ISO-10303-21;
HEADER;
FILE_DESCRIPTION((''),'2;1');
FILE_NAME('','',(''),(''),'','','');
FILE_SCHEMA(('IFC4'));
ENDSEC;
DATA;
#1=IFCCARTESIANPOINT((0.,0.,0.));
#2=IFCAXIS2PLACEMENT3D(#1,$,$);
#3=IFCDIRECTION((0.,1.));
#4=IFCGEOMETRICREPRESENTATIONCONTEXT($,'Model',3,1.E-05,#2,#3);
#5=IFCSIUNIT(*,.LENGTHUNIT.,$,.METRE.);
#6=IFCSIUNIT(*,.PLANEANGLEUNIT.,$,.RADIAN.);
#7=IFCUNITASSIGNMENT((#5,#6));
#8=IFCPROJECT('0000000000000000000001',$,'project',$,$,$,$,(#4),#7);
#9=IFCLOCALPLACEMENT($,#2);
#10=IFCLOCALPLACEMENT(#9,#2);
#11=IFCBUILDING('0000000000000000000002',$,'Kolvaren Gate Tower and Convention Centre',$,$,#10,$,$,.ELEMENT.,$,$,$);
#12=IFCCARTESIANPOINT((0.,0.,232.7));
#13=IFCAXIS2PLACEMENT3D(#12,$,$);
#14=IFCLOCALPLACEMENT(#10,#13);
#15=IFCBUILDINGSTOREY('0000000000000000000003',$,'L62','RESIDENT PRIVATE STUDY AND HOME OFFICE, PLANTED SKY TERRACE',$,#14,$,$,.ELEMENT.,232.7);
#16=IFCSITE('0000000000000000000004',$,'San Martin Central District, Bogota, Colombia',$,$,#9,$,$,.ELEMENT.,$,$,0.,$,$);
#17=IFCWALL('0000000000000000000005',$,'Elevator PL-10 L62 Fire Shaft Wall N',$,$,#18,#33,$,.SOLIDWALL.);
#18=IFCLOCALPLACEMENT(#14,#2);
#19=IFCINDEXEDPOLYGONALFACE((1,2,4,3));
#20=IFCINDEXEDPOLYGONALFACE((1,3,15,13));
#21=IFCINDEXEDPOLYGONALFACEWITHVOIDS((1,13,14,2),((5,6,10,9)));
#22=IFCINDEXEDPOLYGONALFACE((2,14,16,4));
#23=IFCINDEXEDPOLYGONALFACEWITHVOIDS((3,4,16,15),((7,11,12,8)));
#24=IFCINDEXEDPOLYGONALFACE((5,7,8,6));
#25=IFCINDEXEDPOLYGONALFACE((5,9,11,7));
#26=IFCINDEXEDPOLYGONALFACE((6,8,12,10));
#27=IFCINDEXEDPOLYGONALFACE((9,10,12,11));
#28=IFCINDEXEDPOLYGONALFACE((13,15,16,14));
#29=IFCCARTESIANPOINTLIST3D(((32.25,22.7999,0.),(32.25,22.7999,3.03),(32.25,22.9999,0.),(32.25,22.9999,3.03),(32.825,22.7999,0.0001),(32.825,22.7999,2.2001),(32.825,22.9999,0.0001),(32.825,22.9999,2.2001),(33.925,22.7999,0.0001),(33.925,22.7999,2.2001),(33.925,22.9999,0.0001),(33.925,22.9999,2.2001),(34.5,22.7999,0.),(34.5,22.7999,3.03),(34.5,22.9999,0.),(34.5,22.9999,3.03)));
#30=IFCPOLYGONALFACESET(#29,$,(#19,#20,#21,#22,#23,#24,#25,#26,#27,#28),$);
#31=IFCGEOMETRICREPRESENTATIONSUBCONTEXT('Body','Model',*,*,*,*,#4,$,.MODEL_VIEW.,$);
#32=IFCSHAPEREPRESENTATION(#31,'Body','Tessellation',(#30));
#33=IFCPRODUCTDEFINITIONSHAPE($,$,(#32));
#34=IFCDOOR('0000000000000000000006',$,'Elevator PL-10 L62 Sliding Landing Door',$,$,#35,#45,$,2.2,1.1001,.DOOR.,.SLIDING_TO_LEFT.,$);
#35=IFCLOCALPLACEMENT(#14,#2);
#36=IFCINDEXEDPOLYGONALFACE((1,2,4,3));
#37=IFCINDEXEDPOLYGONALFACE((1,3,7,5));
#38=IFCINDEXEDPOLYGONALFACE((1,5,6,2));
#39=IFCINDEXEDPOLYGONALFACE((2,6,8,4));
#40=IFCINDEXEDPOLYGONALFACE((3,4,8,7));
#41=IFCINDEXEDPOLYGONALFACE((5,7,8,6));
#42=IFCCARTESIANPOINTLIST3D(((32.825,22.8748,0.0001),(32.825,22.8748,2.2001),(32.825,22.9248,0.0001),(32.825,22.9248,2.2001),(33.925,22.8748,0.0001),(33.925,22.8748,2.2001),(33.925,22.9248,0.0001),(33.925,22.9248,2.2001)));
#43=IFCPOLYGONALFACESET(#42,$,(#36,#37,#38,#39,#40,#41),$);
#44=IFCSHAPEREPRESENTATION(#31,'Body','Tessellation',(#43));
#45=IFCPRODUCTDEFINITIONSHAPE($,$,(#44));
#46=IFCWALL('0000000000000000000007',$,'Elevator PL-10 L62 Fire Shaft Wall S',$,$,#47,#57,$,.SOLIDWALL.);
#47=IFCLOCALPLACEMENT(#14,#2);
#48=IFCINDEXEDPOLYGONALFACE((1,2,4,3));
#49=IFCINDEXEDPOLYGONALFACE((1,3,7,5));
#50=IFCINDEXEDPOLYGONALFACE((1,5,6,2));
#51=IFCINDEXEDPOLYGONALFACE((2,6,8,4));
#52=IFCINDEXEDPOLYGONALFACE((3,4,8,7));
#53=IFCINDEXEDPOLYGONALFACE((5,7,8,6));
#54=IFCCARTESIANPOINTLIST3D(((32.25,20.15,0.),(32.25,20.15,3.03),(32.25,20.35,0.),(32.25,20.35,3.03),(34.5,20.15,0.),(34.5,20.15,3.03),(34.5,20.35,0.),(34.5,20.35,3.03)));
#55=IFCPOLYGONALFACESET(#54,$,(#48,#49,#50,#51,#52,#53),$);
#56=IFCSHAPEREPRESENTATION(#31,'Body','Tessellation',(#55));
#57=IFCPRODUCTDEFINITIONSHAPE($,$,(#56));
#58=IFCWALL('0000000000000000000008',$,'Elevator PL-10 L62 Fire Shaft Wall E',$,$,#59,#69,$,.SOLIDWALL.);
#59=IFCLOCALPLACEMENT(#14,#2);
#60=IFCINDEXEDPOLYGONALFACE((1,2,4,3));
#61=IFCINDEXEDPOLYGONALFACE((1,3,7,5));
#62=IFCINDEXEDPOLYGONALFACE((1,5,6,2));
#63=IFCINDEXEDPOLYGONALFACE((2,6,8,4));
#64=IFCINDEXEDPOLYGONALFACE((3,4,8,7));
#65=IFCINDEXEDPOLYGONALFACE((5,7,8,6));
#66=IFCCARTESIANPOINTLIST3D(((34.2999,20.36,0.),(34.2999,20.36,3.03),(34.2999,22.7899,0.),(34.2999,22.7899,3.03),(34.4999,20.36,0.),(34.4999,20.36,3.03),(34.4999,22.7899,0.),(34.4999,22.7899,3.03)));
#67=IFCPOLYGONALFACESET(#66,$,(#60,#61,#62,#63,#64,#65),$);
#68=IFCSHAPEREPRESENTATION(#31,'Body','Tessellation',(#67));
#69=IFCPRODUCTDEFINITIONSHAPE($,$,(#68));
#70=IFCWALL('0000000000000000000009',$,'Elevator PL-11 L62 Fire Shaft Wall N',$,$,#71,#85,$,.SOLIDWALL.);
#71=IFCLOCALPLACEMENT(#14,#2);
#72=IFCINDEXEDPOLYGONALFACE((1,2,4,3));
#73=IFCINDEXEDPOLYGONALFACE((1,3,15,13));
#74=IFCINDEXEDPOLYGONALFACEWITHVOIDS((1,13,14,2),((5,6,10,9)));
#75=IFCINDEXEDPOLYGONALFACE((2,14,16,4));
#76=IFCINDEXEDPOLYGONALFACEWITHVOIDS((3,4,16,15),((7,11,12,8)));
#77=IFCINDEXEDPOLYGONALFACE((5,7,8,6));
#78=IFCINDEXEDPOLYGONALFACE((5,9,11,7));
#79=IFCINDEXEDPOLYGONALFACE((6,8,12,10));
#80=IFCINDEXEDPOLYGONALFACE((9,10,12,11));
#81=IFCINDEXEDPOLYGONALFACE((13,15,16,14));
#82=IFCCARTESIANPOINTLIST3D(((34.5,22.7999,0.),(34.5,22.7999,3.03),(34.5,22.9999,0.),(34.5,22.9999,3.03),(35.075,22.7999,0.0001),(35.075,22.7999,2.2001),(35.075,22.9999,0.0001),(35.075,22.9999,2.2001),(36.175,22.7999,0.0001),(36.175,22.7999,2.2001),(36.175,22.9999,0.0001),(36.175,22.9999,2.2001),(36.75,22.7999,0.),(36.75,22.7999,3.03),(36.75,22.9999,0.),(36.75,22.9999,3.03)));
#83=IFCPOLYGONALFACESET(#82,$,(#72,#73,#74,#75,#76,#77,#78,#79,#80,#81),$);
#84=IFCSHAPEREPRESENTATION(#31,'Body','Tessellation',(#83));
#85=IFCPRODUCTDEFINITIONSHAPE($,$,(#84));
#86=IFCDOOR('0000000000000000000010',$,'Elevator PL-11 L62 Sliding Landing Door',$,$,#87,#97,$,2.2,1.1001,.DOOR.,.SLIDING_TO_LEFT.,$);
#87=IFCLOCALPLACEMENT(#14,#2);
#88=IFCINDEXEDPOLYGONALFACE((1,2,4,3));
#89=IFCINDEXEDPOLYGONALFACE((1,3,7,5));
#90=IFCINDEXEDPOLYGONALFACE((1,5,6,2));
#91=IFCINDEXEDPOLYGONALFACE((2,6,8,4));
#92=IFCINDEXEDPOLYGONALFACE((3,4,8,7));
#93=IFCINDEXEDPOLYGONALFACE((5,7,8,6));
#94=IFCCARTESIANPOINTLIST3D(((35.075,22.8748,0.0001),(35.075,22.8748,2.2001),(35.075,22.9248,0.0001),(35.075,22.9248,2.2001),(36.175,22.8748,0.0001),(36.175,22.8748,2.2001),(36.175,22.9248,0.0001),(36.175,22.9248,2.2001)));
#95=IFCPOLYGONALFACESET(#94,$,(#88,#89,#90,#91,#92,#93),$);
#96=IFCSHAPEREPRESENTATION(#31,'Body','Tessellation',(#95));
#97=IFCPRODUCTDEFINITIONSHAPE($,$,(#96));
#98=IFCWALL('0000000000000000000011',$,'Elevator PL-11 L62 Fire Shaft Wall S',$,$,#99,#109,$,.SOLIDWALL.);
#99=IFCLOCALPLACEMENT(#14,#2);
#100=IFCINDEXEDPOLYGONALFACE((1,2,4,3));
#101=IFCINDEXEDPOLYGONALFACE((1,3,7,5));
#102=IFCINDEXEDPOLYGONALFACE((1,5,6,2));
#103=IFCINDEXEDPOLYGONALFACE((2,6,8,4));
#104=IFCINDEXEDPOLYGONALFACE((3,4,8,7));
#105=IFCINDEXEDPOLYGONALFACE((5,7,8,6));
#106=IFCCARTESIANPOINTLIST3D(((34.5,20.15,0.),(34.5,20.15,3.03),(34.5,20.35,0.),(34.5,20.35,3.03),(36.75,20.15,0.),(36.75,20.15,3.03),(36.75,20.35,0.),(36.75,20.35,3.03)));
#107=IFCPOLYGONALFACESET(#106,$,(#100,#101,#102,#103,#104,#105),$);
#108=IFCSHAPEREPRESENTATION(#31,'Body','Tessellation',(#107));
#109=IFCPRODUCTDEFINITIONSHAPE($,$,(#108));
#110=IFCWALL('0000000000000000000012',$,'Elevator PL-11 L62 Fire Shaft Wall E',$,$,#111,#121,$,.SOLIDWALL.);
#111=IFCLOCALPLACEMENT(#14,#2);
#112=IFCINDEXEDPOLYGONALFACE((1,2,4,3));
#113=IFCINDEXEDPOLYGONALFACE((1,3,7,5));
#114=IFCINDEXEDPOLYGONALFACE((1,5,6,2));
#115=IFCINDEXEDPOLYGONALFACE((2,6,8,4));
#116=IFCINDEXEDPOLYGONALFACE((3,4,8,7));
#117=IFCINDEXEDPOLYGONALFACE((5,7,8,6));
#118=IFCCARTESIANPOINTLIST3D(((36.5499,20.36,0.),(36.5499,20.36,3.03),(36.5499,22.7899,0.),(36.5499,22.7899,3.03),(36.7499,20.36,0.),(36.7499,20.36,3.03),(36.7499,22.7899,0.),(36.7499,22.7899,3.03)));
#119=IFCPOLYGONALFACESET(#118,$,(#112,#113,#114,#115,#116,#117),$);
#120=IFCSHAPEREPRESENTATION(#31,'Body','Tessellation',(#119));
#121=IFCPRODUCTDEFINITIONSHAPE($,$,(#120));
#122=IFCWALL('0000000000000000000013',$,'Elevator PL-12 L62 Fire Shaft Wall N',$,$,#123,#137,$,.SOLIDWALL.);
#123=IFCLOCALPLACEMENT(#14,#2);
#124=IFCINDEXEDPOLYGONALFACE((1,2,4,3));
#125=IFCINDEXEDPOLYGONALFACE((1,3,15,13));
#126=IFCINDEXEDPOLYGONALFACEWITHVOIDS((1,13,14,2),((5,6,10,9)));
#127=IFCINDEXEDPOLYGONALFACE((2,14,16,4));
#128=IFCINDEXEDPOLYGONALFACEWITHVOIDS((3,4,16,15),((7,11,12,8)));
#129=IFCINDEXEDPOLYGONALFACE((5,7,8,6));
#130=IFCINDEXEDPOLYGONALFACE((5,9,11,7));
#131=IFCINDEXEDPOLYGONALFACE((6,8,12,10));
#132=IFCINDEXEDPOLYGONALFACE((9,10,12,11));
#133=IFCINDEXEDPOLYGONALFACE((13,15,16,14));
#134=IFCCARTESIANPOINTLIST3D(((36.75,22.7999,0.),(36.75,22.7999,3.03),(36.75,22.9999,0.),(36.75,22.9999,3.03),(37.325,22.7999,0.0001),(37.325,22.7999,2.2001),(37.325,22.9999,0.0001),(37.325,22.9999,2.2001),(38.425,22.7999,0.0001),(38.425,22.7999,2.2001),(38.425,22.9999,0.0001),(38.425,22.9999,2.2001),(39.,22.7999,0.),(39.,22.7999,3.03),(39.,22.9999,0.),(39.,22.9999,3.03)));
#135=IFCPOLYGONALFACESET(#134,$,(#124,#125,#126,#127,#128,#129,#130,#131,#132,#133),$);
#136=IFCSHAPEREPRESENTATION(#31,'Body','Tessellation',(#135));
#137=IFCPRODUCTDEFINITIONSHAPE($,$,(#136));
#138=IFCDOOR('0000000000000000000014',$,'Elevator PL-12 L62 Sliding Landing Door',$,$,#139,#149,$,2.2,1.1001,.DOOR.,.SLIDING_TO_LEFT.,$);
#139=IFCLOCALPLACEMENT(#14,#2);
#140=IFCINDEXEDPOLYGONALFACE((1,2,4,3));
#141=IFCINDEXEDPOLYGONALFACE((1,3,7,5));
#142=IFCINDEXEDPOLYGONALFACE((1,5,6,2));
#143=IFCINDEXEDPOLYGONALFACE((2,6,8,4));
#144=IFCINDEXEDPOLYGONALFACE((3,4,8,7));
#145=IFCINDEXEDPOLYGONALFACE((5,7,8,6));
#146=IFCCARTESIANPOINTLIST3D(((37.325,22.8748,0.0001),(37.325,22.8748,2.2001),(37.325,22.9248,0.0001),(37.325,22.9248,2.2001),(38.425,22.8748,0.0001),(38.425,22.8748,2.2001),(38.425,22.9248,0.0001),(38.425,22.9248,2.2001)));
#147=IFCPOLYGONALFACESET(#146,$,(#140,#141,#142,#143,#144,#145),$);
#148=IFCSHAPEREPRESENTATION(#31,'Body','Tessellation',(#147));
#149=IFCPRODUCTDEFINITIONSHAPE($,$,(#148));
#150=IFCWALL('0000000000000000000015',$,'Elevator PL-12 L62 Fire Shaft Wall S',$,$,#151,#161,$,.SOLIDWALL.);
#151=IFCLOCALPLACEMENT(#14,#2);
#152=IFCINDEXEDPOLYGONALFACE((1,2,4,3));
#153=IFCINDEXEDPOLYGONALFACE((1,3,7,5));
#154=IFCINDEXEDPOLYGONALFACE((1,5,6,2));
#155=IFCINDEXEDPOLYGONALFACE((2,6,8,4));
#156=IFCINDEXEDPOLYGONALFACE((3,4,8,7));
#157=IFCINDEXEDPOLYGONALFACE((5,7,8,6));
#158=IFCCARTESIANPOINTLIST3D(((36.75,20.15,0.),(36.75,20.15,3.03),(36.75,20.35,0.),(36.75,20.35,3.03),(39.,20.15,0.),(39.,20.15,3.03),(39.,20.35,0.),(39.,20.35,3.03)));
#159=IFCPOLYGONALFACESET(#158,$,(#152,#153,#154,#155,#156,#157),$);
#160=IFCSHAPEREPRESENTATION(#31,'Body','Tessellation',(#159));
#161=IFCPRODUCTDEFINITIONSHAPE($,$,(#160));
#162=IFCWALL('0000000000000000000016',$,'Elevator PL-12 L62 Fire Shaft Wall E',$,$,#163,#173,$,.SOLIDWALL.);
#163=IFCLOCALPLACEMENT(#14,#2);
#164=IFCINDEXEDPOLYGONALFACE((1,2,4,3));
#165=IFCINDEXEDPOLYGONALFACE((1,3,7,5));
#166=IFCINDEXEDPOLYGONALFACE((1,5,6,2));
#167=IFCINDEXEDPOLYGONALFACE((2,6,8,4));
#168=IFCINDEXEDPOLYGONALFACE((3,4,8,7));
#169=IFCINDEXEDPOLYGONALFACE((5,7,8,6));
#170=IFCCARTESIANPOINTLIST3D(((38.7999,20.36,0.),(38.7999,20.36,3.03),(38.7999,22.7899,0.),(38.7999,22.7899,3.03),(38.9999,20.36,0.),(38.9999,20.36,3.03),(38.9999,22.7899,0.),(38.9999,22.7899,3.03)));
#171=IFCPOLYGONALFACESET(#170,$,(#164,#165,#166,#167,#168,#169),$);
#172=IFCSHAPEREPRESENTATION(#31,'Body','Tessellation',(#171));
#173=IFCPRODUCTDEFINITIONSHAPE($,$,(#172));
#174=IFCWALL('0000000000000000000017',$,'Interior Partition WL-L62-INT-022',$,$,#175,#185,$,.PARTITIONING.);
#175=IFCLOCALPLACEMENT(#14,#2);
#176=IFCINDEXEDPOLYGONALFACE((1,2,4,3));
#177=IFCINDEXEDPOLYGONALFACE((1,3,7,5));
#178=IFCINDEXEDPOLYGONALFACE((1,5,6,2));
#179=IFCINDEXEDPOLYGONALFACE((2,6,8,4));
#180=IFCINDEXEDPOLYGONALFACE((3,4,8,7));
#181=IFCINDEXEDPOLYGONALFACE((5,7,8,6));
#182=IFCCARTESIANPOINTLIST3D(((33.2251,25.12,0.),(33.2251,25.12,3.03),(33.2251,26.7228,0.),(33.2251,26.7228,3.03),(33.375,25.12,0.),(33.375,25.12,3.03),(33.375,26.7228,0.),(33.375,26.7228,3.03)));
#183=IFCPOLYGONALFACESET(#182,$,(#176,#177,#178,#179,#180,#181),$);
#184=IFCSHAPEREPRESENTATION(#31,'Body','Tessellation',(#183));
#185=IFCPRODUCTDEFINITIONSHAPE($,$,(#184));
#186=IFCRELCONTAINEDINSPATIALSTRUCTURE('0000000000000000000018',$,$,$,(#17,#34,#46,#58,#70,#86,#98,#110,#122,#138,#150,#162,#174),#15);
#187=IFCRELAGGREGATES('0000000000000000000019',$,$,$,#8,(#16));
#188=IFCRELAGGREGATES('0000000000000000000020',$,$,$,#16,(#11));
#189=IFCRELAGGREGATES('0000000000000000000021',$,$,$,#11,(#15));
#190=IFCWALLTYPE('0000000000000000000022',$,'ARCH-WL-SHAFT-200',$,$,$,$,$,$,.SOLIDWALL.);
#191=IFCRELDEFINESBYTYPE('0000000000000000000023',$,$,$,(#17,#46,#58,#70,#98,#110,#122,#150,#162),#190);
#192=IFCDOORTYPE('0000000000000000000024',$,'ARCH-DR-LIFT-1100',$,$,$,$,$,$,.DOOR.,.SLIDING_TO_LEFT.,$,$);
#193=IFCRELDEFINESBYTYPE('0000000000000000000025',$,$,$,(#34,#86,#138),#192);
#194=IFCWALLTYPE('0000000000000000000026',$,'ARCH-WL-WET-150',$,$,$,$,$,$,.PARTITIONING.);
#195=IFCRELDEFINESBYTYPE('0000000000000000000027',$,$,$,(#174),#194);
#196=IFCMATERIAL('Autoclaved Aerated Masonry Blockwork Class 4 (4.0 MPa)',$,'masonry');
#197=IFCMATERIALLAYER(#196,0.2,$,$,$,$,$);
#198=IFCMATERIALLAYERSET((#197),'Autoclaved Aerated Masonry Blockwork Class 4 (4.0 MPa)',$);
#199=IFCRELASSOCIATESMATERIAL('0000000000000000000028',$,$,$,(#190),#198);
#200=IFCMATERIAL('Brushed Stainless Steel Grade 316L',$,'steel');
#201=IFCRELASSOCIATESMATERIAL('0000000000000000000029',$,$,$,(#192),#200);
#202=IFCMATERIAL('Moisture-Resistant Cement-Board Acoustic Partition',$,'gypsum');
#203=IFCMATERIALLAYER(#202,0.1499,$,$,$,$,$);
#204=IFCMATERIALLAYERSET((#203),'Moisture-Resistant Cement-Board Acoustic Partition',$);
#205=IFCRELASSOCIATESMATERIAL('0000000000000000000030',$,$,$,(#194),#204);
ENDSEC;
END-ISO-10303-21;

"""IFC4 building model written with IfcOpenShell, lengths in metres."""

from ifc_helpers import new_model, si_unit, direction, frame, frame_2d, origin, place, context, subcontext, project, spatial, rectangle, extrude, material, layer, layer_set, type_object, element, fill, save


model = new_model("IFC4")

# Units and contexts
model_context = context("Model", 3, precision=1e-05, world=origin(), true_north=direction((0.0, 1.0)))
body_context = subcontext(model_context, "Body", "Model", "MODEL_VIEW")
ifc_project = project(units=[si_unit("LENGTHUNIT", "METRE"), si_unit("PLANEANGLEUNIT", "RADIAN")], contexts=[model_context])

# Site, building, storey
site_placement = place(None, origin())
site = spatial("IfcSite", under=ifc_project, at=site_placement, Name="San Martin Central District, Bogota, Colombia", CompositionType="ELEMENT", RefElevation=0.0)
building_placement = place(site_placement, origin())
building = spatial("IfcBuilding", under=site, at=building_placement, Name="Kolvaren Gate Tower and Convention Centre", CompositionType="ELEMENT")
storey_placement = place(building_placement, frame((0.0, 0.0, 232.7)))
storey = spatial("IfcBuildingStorey", under=building, at=storey_placement, Name="L62", Description="RESIDENT PRIVATE STUDY AND HOME OFFICE, PLANTED SKY TERRACE", CompositionType="ELEMENT", Elevation=232.7)

# Shared definitions
ifc_material_1 = material(Name="Autoclaved Aerated Masonry Blockwork Class 4 (4.0 MPa)", Category="masonry")

# Shared definitions
ifc_layer_1 = layer(ifc_material_1, 0.2)
ifc_layer_set_1 = layer_set([ifc_layer_1], Name="Autoclaved Aerated Masonry Blockwork Class 4 (4.0 MPa)")
wall_type_1 = type_object("IfcWallType", Name="ARCH-WL-SHAFT-200", PredefinedType="SOLIDWALL", material=ifc_layer_set_1)

# Wall, opening, door
wall_1_placement = place(storey_placement, frame((32.25, 22.8999, 0.0), z_axis=(0.0, 0.0, 1.0), x_axis=(1.0, 0.0, 0.0)))
wall_1 = element("IfcWall", 1, at=wall_1_placement, inside=storey, type_object=wall_type_1, Name="Elevator PL-10 L62 Fire Shaft Wall N", PredefinedType="SOLIDWALL", context=body_context, shape_type="SweptSolid", body=[
    extrude(rectangle(XDim=2.25, YDim=0.2, at=frame_2d((1.125, 0.0))), origin(), (0.0, 0.0, 1.0), 3.03),
])
opening_1_placement = place(wall_1_placement, frame((0.575, 0.0, 0.0)))
opening_1 = element("IfcOpeningElement", 2, at=opening_1_placement, cuts=wall_1, PredefinedType="OPENING", context=body_context, shape_type="SweptSolid", body=[
    extrude(rectangle(XDim=1.1001, YDim=2.2, at=frame_2d((0.55, 1.1001))), frame((0.0, 0.1099, 0.0), z_axis=(0.0, -1.0, 0.0), x_axis=(1.0, 0.0, 0.0)), (0.0, 0.0, 1.0), 0.22),
])
ifc_material_2 = material(Name="Brushed Stainless Steel Grade 316L", Category="steel")
door_type_1 = type_object("IfcDoorType", Name="ARCH-DR-LIFT-1100", OperationType="SLIDING_TO_LEFT", PredefinedType="DOOR", material=ifc_material_2)
door_1_placement = place(opening_1_placement, origin())
door_1 = element("IfcDoor", 3, at=door_1_placement, inside=storey, type_object=door_type_1, Name="Elevator PL-10 L62 Sliding Landing Door", OperationType="SLIDING_TO_LEFT", OverallHeight=2.2, OverallWidth=1.1001, PredefinedType="DOOR", context=body_context, shape_type="SweptSolid", body=[
    extrude(rectangle(XDim=1.1001, YDim=2.2, at=frame_2d((0.55, 1.1001))), frame((0.0, 0.0249, 0.0), z_axis=(0.0, -1.0, 0.0), x_axis=(1.0, 0.0, 0.0)), (0.0, 0.0, 1.0), 0.05),
])
fill(opening_1, door_1)

# Walls
wall_2_placement = place(storey_placement, frame((32.25, 20.25, 0.0), z_axis=(0.0, 0.0, 1.0), x_axis=(1.0, 0.0, 0.0)))
element("IfcWall", 4, at=wall_2_placement, inside=storey, type_object=wall_type_1, Name="Elevator PL-10 L62 Fire Shaft Wall S", PredefinedType="SOLIDWALL", context=body_context, shape_type="SweptSolid", body=[
    extrude(rectangle(XDim=2.25, YDim=0.2, at=frame_2d((1.125, 0.0))), origin(), (0.0, 0.0, 1.0), 3.03),
])
wall_3_placement = place(storey_placement, frame((34.3999, 20.3601, 0.0), z_axis=(0.0, 0.0, 1.0), x_axis=(0.0, 1.0, 0.0)))
element("IfcWall", 5, at=wall_3_placement, inside=storey, type_object=wall_type_1, Name="Elevator PL-10 L62 Fire Shaft Wall E", PredefinedType="SOLIDWALL", context=body_context, shape_type="SweptSolid", body=[
    extrude(rectangle(XDim=2.4299, YDim=0.2, at=frame_2d((1.2148, 0.0))), origin(), (0.0, 0.0, 1.0), 3.03),
])

# Wall, opening, door
wall_4_placement = place(storey_placement, frame((34.5, 22.8999, 0.0), z_axis=(0.0, 0.0, 1.0), x_axis=(1.0, 0.0, 0.0)))
wall_4 = element("IfcWall", 6, at=wall_4_placement, inside=storey, type_object=wall_type_1, Name="Elevator PL-11 L62 Fire Shaft Wall N", PredefinedType="SOLIDWALL", context=body_context, shape_type="SweptSolid", body=[
    extrude(rectangle(XDim=2.25, YDim=0.2, at=frame_2d((1.125, 0.0))), origin(), (0.0, 0.0, 1.0), 3.03),
])
opening_2_placement = place(wall_4_placement, frame((0.575, 0.0, 0.0)))
opening_2 = element("IfcOpeningElement", 7, at=opening_2_placement, cuts=wall_4, PredefinedType="OPENING", context=body_context, shape_type="SweptSolid", body=[
    extrude(rectangle(XDim=1.1001, YDim=2.2, at=frame_2d((0.55, 1.1001))), frame((0.0, 0.1099, 0.0), z_axis=(0.0, -1.0, 0.0), x_axis=(1.0, 0.0, 0.0)), (0.0, 0.0, 1.0), 0.22),
])
door_2_placement = place(opening_2_placement, origin())
door_2 = element("IfcDoor", 8, at=door_2_placement, inside=storey, type_object=door_type_1, Name="Elevator PL-11 L62 Sliding Landing Door", OperationType="SLIDING_TO_LEFT", OverallHeight=2.2, OverallWidth=1.1001, PredefinedType="DOOR", context=body_context, shape_type="SweptSolid", body=[
    extrude(rectangle(XDim=1.1001, YDim=2.2, at=frame_2d((0.55, 1.1001))), frame((0.0, 0.0249, 0.0), z_axis=(0.0, -1.0, 0.0), x_axis=(1.0, 0.0, 0.0)), (0.0, 0.0, 1.0), 0.05),
])
fill(opening_2, door_2)

# Walls
wall_5_placement = place(storey_placement, frame((34.5, 20.25, 0.0), z_axis=(0.0, 0.0, 1.0), x_axis=(1.0, 0.0, 0.0)))
element("IfcWall", 9, at=wall_5_placement, inside=storey, type_object=wall_type_1, Name="Elevator PL-11 L62 Fire Shaft Wall S", PredefinedType="SOLIDWALL", context=body_context, shape_type="SweptSolid", body=[
    extrude(rectangle(XDim=2.25, YDim=0.2, at=frame_2d((1.125, 0.0))), origin(), (0.0, 0.0, 1.0), 3.03),
])
wall_6_placement = place(storey_placement, frame((36.6499, 20.3601, 0.0), z_axis=(0.0, 0.0, 1.0), x_axis=(0.0, 1.0, 0.0)))
element("IfcWall", 10, at=wall_6_placement, inside=storey, type_object=wall_type_1, Name="Elevator PL-11 L62 Fire Shaft Wall E", PredefinedType="SOLIDWALL", context=body_context, shape_type="SweptSolid", body=[
    extrude(rectangle(XDim=2.4299, YDim=0.2, at=frame_2d((1.2148, 0.0))), origin(), (0.0, 0.0, 1.0), 3.03),
])

# Wall, opening, door
wall_7_placement = place(storey_placement, frame((36.75, 22.8999, 0.0), z_axis=(0.0, 0.0, 1.0), x_axis=(1.0, 0.0, 0.0)))
wall_7 = element("IfcWall", 11, at=wall_7_placement, inside=storey, type_object=wall_type_1, Name="Elevator PL-12 L62 Fire Shaft Wall N", PredefinedType="SOLIDWALL", context=body_context, shape_type="SweptSolid", body=[
    extrude(rectangle(XDim=2.25, YDim=0.2, at=frame_2d((1.125, 0.0))), origin(), (0.0, 0.0, 1.0), 3.03),
])
opening_3_placement = place(wall_7_placement, frame((0.575, 0.0, 0.0)))
opening_3 = element("IfcOpeningElement", 12, at=opening_3_placement, cuts=wall_7, PredefinedType="OPENING", context=body_context, shape_type="SweptSolid", body=[
    extrude(rectangle(XDim=1.1001, YDim=2.2, at=frame_2d((0.55, 1.1001))), frame((0.0, 0.1099, 0.0), z_axis=(0.0, -1.0, 0.0), x_axis=(1.0, 0.0, 0.0)), (0.0, 0.0, 1.0), 0.22),
])
door_3_placement = place(opening_3_placement, origin())
door_3 = element("IfcDoor", 13, at=door_3_placement, inside=storey, type_object=door_type_1, Name="Elevator PL-12 L62 Sliding Landing Door", OperationType="SLIDING_TO_LEFT", OverallHeight=2.2, OverallWidth=1.1001, PredefinedType="DOOR", context=body_context, shape_type="SweptSolid", body=[
    extrude(rectangle(XDim=1.1001, YDim=2.2, at=frame_2d((0.55, 1.1001))), frame((0.0, 0.0249, 0.0), z_axis=(0.0, -1.0, 0.0), x_axis=(1.0, 0.0, 0.0)), (0.0, 0.0, 1.0), 0.05),
])
fill(opening_3, door_3)

# Walls
wall_8_placement = place(storey_placement, frame((36.75, 20.25, 0.0), z_axis=(0.0, 0.0, 1.0), x_axis=(1.0, 0.0, 0.0)))
element("IfcWall", 14, at=wall_8_placement, inside=storey, type_object=wall_type_1, Name="Elevator PL-12 L62 Fire Shaft Wall S", PredefinedType="SOLIDWALL", context=body_context, shape_type="SweptSolid", body=[
    extrude(rectangle(XDim=2.25, YDim=0.2, at=frame_2d((1.125, 0.0))), origin(), (0.0, 0.0, 1.0), 3.03),
])
wall_9_placement = place(storey_placement, frame((38.8999, 20.3601, 0.0), z_axis=(0.0, 0.0, 1.0), x_axis=(0.0, 1.0, 0.0)))
element("IfcWall", 15, at=wall_9_placement, inside=storey, type_object=wall_type_1, Name="Elevator PL-12 L62 Fire Shaft Wall E", PredefinedType="SOLIDWALL", context=body_context, shape_type="SweptSolid", body=[
    extrude(rectangle(XDim=2.4299, YDim=0.2, at=frame_2d((1.2148, 0.0))), origin(), (0.0, 0.0, 1.0), 3.03),
])
ifc_material_3 = material(Name="Moisture-Resistant Cement-Board Acoustic Partition", Category="gypsum")
ifc_layer_2 = layer(ifc_material_3, 0.1499)
ifc_layer_set_2 = layer_set([ifc_layer_2], Name="Moisture-Resistant Cement-Board Acoustic Partition")
wall_type_2 = type_object("IfcWallType", Name="ARCH-WL-WET-150", PredefinedType="PARTITIONING", material=ifc_layer_set_2)
wall_10_placement = place(storey_placement, frame((33.3, 25.1201, 0.0), z_axis=(0.0, 0.0, 1.0), x_axis=(0.0, 1.0, 0.0)))
element("IfcWall", 16, at=wall_10_placement, inside=storey, type_object=wall_type_2, Name="Interior Partition WL-L62-INT-022", PredefinedType="PARTITIONING", context=body_context, shape_type="SweptSolid", body=[
    extrude(rectangle(XDim=1.6028, YDim=0.1499, at=frame_2d((0.8013, 0.0))), origin(), (0.0, 0.0, 1.0), 3.03),
])

save(model, "model.ifc")
